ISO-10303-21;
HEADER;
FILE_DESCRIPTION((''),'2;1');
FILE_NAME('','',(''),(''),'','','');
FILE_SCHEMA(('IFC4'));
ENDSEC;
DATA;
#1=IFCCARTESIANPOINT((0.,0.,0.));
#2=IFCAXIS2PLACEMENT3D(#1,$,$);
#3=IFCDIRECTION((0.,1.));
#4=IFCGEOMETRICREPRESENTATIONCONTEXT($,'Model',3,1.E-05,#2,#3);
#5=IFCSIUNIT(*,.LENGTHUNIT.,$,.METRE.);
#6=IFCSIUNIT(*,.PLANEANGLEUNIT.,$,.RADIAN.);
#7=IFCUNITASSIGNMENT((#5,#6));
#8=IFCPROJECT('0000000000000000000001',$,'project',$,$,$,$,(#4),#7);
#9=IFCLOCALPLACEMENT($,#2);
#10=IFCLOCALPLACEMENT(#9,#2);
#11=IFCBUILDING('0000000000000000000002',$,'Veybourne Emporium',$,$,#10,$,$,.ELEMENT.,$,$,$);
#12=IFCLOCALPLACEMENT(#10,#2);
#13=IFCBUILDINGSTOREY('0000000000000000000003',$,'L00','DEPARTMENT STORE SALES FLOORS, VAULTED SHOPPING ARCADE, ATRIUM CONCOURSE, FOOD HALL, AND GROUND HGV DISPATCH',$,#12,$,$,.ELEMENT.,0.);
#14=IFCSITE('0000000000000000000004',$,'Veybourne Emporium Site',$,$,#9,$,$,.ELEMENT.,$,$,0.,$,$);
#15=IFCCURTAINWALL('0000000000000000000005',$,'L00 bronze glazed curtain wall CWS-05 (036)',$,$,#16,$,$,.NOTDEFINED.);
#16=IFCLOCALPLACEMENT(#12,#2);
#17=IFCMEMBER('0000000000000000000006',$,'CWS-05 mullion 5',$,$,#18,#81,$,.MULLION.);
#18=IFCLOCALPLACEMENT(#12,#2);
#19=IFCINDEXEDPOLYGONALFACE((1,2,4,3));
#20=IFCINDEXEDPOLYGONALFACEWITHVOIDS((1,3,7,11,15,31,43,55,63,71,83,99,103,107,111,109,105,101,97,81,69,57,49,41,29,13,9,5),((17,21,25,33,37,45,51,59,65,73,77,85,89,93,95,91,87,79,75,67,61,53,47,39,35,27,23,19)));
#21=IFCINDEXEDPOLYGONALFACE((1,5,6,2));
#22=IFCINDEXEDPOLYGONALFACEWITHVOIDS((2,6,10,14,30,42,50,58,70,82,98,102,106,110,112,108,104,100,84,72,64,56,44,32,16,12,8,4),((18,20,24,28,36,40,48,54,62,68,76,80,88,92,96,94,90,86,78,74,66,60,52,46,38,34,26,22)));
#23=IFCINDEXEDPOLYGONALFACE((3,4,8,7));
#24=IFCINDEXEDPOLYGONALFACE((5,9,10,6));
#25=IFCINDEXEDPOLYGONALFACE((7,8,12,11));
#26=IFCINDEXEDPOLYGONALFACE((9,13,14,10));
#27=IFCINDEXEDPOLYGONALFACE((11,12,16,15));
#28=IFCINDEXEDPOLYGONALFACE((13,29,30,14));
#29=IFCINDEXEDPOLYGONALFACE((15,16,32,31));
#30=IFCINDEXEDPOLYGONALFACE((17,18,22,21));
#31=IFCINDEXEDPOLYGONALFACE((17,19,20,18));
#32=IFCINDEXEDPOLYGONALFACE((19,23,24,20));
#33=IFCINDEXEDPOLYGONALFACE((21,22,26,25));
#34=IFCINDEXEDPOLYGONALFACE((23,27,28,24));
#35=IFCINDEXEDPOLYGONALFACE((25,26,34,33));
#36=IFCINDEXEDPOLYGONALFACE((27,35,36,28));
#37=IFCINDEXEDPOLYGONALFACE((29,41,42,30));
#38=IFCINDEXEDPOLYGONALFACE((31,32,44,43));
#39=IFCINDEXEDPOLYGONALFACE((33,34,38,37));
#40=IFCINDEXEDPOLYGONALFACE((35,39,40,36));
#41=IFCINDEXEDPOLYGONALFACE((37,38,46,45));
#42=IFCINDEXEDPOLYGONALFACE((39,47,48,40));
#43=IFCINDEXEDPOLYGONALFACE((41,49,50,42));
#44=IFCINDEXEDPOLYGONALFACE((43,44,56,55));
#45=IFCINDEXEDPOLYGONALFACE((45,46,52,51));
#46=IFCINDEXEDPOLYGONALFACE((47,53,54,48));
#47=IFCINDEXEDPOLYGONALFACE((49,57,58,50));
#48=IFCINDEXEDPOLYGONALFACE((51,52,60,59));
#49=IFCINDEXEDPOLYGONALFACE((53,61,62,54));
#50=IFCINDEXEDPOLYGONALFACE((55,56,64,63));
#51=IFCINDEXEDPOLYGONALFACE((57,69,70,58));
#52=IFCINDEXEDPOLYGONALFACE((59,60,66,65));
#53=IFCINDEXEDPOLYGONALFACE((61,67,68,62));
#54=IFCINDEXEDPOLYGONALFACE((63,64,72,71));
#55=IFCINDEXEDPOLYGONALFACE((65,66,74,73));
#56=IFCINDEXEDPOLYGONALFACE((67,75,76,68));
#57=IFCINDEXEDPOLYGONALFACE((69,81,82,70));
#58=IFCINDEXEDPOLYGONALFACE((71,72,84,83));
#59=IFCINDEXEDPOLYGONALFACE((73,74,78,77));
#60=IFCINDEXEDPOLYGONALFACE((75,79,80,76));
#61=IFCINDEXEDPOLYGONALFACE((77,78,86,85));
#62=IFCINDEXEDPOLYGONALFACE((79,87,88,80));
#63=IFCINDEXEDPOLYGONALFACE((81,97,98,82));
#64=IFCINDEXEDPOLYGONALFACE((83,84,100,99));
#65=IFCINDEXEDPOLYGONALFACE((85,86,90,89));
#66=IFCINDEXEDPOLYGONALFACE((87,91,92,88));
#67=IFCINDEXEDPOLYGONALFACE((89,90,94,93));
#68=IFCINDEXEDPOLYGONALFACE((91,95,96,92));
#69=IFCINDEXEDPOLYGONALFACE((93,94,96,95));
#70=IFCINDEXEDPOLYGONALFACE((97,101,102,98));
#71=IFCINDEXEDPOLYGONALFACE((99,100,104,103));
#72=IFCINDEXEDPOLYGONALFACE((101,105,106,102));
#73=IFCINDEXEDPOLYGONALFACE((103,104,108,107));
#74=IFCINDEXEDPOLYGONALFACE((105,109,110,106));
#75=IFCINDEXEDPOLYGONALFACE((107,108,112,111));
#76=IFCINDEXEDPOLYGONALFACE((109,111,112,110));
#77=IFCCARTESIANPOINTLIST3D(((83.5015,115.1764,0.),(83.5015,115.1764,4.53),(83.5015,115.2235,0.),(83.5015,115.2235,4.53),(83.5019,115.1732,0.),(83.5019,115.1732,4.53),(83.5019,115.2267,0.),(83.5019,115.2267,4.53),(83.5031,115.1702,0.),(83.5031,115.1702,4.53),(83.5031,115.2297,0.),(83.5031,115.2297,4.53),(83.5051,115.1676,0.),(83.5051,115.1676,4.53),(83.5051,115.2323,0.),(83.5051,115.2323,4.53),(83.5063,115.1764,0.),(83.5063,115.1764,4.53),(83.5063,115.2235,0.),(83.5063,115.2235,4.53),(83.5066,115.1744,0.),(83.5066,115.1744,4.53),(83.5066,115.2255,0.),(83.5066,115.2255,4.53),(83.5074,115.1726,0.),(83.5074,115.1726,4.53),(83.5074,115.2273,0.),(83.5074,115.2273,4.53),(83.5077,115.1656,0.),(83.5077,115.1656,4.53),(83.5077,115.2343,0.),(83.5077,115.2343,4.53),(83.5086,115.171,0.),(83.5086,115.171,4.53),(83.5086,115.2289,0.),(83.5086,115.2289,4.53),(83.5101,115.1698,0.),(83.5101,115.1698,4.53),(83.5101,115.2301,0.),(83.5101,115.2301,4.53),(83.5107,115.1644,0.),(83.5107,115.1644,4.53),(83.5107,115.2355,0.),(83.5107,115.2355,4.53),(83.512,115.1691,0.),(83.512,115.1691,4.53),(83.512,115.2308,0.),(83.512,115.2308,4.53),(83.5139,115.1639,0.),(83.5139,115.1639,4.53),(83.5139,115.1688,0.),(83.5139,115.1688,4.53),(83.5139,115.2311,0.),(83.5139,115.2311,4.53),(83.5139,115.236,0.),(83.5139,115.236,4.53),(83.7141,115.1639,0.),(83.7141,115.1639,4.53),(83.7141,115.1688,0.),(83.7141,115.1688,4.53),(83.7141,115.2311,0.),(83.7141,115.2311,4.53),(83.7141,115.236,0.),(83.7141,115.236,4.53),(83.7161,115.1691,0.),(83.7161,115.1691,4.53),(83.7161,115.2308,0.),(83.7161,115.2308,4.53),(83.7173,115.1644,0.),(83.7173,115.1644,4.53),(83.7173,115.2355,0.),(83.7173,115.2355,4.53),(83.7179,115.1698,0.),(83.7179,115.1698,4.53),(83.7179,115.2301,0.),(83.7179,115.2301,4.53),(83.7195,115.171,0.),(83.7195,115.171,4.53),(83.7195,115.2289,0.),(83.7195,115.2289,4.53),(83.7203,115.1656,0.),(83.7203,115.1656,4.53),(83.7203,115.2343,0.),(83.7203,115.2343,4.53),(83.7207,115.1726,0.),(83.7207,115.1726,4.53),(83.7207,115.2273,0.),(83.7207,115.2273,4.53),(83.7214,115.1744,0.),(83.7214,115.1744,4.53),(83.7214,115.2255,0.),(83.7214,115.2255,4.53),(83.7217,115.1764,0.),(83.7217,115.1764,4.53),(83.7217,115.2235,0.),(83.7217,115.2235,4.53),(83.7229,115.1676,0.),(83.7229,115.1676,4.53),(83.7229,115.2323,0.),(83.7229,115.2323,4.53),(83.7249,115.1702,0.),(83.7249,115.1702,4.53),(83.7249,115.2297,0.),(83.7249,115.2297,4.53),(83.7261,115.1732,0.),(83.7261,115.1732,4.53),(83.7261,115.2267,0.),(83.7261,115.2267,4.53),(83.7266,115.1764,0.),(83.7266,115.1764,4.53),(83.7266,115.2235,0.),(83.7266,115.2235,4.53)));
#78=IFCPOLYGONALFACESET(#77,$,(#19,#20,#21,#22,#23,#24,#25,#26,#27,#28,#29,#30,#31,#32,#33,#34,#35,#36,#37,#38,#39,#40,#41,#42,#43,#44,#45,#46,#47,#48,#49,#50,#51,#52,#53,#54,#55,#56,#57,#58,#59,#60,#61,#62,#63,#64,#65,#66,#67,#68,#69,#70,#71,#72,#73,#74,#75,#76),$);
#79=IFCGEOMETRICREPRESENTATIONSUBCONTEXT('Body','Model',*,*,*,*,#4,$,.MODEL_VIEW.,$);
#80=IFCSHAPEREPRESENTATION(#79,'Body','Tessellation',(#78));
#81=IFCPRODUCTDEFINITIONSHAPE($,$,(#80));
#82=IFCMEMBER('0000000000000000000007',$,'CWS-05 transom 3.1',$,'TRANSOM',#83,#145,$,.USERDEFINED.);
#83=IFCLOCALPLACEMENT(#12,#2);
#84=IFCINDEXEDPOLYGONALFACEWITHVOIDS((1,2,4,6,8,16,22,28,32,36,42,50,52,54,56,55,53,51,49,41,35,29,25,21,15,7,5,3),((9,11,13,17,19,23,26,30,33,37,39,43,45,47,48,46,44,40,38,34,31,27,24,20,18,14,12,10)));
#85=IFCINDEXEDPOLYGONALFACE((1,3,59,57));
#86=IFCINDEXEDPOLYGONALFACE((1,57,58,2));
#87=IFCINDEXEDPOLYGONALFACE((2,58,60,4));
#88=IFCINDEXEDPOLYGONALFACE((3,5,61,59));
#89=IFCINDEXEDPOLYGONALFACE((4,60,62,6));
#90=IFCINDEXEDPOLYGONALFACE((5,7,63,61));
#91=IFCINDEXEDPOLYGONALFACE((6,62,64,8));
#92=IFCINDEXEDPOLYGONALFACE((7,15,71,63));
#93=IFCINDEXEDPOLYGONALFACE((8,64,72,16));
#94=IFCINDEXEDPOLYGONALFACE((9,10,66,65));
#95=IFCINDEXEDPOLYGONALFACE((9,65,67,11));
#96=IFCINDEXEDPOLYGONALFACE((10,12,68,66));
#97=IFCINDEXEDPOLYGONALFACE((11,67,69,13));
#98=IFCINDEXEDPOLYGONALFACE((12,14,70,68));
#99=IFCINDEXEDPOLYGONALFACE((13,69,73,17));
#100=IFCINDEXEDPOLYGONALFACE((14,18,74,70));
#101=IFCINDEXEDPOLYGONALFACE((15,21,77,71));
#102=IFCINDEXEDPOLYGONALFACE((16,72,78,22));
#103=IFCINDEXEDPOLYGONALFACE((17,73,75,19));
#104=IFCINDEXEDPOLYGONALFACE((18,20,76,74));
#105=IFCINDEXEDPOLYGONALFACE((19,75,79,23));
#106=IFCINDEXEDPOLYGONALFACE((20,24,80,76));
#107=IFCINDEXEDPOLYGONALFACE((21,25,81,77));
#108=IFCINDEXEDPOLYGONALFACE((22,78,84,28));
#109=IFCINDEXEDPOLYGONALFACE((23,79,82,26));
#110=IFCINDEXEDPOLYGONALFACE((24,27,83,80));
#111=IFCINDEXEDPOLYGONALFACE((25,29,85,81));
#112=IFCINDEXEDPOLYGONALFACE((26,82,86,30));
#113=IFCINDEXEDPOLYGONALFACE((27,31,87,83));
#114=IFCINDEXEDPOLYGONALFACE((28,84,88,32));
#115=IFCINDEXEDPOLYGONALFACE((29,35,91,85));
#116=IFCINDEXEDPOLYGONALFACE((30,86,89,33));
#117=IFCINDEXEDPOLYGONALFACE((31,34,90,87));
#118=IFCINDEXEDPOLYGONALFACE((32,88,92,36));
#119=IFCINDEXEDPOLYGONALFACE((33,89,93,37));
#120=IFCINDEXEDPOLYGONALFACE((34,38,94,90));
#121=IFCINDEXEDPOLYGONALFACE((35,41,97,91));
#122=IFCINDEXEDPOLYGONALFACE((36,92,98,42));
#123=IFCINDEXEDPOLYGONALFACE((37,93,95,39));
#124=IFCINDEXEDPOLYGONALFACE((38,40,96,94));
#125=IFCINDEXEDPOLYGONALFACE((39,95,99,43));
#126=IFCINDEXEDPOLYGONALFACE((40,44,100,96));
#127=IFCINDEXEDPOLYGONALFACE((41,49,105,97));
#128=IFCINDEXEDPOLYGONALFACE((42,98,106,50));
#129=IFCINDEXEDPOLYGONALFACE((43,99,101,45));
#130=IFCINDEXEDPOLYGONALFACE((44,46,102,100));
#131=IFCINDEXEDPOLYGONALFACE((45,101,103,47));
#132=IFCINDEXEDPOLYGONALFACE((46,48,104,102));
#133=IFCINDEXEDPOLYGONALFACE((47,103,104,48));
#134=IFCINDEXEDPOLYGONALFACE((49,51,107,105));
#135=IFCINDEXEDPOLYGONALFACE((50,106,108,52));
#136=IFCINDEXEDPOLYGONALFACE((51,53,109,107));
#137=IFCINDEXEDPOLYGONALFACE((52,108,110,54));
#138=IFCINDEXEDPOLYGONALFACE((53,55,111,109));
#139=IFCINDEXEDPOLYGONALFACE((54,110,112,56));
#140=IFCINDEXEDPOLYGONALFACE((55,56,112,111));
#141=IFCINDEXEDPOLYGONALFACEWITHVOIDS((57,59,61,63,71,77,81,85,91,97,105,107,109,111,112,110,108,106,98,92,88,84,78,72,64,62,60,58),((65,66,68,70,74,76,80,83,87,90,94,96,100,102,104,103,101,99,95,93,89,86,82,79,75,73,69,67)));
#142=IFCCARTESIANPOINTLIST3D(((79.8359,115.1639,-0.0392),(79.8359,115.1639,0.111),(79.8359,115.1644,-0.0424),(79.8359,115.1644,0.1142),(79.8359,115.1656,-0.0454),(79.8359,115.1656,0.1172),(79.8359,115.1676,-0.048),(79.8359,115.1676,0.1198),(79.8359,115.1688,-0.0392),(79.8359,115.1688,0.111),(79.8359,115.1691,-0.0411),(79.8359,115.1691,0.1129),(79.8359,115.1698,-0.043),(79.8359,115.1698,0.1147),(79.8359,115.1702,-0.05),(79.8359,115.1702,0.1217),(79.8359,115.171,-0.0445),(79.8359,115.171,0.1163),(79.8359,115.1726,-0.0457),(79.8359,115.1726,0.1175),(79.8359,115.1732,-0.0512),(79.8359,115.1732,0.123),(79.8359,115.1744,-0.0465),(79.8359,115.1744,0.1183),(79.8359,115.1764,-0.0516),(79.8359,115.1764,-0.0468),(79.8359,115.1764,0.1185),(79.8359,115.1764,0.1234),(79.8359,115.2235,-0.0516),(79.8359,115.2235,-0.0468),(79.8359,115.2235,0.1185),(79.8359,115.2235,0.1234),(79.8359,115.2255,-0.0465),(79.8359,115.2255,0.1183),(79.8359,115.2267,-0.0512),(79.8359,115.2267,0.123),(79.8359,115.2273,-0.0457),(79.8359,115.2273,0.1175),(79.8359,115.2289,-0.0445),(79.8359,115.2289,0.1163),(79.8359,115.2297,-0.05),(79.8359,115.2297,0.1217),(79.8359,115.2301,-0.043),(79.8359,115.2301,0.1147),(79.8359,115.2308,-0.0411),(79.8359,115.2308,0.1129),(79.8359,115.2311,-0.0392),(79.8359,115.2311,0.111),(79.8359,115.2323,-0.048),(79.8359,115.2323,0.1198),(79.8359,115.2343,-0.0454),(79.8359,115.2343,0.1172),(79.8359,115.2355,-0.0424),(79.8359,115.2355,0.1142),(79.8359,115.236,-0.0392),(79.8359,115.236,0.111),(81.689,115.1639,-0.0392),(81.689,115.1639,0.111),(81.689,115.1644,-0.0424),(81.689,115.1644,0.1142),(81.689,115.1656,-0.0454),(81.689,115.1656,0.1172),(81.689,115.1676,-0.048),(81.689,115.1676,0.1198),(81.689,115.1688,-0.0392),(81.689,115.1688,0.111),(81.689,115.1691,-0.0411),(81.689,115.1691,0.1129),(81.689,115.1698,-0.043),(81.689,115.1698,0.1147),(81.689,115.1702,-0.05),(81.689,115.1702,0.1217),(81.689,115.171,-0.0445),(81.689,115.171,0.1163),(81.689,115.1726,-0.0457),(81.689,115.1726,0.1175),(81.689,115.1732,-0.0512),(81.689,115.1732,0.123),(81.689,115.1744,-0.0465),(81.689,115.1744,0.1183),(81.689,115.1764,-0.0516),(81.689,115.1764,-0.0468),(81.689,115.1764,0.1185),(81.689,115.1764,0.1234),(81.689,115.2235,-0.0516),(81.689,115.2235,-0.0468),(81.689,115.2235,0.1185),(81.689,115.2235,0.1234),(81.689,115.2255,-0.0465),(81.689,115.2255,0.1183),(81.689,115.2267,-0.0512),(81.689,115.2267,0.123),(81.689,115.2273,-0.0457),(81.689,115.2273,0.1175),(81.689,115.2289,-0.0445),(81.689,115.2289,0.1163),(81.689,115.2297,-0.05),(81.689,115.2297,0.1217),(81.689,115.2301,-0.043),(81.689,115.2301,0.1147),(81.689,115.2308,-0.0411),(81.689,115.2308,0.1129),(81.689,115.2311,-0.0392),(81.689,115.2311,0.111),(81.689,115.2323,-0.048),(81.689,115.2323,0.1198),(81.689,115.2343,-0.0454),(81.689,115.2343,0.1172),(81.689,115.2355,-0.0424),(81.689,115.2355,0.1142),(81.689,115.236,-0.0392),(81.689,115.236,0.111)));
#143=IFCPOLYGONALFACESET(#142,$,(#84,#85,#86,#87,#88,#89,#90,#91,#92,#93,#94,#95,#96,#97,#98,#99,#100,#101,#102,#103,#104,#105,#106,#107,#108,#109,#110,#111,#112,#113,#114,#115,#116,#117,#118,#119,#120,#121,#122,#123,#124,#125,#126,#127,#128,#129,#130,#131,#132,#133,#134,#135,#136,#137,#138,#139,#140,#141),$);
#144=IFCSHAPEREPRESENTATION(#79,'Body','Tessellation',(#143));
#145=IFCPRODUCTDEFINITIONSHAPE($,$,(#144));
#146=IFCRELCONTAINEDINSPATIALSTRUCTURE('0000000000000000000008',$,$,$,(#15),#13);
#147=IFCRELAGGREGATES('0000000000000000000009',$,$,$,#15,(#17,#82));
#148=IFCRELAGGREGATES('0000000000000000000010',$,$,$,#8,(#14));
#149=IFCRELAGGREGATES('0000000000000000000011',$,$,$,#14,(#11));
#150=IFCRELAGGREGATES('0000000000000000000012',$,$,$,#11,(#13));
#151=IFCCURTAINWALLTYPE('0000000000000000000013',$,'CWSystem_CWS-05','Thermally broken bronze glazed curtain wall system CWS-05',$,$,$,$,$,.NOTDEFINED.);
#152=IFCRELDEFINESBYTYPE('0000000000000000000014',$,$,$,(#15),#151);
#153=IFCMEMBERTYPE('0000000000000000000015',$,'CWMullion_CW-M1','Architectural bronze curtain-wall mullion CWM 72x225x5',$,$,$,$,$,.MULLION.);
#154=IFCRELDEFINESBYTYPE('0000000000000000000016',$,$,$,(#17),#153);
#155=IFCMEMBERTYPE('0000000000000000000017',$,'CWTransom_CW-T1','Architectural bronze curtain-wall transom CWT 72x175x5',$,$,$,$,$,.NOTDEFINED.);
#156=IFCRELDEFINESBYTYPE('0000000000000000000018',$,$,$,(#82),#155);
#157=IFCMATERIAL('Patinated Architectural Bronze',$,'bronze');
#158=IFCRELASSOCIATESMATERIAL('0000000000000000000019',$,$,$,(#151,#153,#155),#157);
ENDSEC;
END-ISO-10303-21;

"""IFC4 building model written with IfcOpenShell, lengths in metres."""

from ifc_helpers import new_model, si_unit, direction, frame, origin, origin_2d, place, context, subcontext, project, spatial, hollow_rectangle, extrude, material, material_profile, profile_set, type_object, element, aggregate, save


model = new_model("IFC4")

# Units and contexts
model_context = context("Model", 3, precision=1e-05, world=origin(), true_north=direction((0.0, 1.0)))
body_context = subcontext(model_context, "Body", "Model", "MODEL_VIEW")
ifc_project = project(units=[si_unit("LENGTHUNIT", "METRE"), si_unit("PLANEANGLEUNIT", "RADIAN")], contexts=[model_context])

# Site, building, storey
site_placement = place(None, origin())
site = spatial("IfcSite", under=ifc_project, at=site_placement, Name="Veybourne Emporium Site", CompositionType="ELEMENT", RefElevation=0.0)
building_placement = place(site_placement, origin())
building = spatial("IfcBuilding", under=site, at=building_placement, Name="Veybourne Emporium", CompositionType="ELEMENT")
storey_placement = place(building_placement, origin())
storey = spatial("IfcBuildingStorey", under=building, at=storey_placement, Name="L00", Description="DEPARTMENT STORE SALES FLOORS, VAULTED SHOPPING ARCADE, ATRIUM CONCOURSE, FOOD HALL, AND GROUND HGV DISPATCH", CompositionType="ELEMENT", Elevation=0.0)

# Curtain wall, members
ifc_material_1 = material(Name="Patinated Architectural Bronze", Category="bronze")
curtain_wall_type = type_object("IfcCurtainWallType", Name="CWSystem_CWS-05", Description="Thermally broken bronze glazed curtain wall system CWS-05", PredefinedType="NOTDEFINED", material=ifc_material_1)
curtain_wall_placement = place(storey_placement, origin())
curtain_wall = element("IfcCurtainWall", 1, at=curtain_wall_placement, inside=storey, type_object=curtain_wall_type, Name="L00 bronze glazed curtain wall CWS-05 (036)", PredefinedType="NOTDEFINED")
ifc_material_profile_1 = material_profile(ifc_material_1, hollow_rectangle(XDim=0.072, YDim=0.2251, WallThickness=0.0049, InnerFilletRadius=0.0076, OuterFilletRadius=0.0125, at=origin_2d()), Name="CWM 72x225x5")
ifc_profile_set_1 = profile_set([ifc_material_profile_1], Name="Patinated Architectural Bronze")
member_type_1 = type_object("IfcMemberType", Name="CWMullion_CW-M1", Description="Architectural bronze curtain-wall mullion CWM 72x225x5", PredefinedType="MULLION", material=ifc_profile_set_1)
member_1_placement = place(storey_placement, frame((83.614, 115.2, 0.0), z_axis=(0.0, 0.0, 1.0), x_axis=(0.0, 1.0, 0.0)))
member_1 = element("IfcMember", 2, at=member_1_placement, type_object=member_type_1, Name="CWS-05 mullion 5", PredefinedType="MULLION", context=body_context, shape_type="SweptSolid", body=[
    extrude(hollow_rectangle(XDim=0.072, YDim=0.2251, WallThickness=0.0049, InnerFilletRadius=0.0076, OuterFilletRadius=0.0125, at=origin_2d()), origin(), (0.0, 0.0, 1.0), 4.53),
])
ifc_material_profile_2 = material_profile(ifc_material_1, hollow_rectangle(XDim=0.072, YDim=0.175, WallThickness=0.0049, InnerFilletRadius=0.0076, OuterFilletRadius=0.0125, at=origin_2d()), Name="CWT 72x175x5")
ifc_profile_set_2 = profile_set([ifc_material_profile_2], Name="Patinated Architectural Bronze")
member_type_2 = type_object("IfcMemberType", Name="CWTransom_CW-T1", Description="Architectural bronze curtain-wall transom CWT 72x175x5", PredefinedType="NOTDEFINED", material=ifc_profile_set_2)
member_2_placement = place(storey_placement, frame((79.8359, 115.2, 0.0359), z_axis=(1.0, 0.0, 0.0), x_axis=(0.0, 1.0, 0.0)))
member_2 = element("IfcMember", 3, at=member_2_placement, type_object=member_type_2, Name="CWS-05 transom 3.1", ObjectType="TRANSOM", PredefinedType="USERDEFINED", context=body_context, shape_type="SweptSolid", body=[
    extrude(hollow_rectangle(XDim=0.072, YDim=0.175, WallThickness=0.0049, InnerFilletRadius=0.0076, OuterFilletRadius=0.0125, at=origin_2d()), origin(), (0.0, 0.0, 1.0), 1.853),
])

aggregate(curtain_wall, [member_1, member_2])

save(model, "model.ifc")
